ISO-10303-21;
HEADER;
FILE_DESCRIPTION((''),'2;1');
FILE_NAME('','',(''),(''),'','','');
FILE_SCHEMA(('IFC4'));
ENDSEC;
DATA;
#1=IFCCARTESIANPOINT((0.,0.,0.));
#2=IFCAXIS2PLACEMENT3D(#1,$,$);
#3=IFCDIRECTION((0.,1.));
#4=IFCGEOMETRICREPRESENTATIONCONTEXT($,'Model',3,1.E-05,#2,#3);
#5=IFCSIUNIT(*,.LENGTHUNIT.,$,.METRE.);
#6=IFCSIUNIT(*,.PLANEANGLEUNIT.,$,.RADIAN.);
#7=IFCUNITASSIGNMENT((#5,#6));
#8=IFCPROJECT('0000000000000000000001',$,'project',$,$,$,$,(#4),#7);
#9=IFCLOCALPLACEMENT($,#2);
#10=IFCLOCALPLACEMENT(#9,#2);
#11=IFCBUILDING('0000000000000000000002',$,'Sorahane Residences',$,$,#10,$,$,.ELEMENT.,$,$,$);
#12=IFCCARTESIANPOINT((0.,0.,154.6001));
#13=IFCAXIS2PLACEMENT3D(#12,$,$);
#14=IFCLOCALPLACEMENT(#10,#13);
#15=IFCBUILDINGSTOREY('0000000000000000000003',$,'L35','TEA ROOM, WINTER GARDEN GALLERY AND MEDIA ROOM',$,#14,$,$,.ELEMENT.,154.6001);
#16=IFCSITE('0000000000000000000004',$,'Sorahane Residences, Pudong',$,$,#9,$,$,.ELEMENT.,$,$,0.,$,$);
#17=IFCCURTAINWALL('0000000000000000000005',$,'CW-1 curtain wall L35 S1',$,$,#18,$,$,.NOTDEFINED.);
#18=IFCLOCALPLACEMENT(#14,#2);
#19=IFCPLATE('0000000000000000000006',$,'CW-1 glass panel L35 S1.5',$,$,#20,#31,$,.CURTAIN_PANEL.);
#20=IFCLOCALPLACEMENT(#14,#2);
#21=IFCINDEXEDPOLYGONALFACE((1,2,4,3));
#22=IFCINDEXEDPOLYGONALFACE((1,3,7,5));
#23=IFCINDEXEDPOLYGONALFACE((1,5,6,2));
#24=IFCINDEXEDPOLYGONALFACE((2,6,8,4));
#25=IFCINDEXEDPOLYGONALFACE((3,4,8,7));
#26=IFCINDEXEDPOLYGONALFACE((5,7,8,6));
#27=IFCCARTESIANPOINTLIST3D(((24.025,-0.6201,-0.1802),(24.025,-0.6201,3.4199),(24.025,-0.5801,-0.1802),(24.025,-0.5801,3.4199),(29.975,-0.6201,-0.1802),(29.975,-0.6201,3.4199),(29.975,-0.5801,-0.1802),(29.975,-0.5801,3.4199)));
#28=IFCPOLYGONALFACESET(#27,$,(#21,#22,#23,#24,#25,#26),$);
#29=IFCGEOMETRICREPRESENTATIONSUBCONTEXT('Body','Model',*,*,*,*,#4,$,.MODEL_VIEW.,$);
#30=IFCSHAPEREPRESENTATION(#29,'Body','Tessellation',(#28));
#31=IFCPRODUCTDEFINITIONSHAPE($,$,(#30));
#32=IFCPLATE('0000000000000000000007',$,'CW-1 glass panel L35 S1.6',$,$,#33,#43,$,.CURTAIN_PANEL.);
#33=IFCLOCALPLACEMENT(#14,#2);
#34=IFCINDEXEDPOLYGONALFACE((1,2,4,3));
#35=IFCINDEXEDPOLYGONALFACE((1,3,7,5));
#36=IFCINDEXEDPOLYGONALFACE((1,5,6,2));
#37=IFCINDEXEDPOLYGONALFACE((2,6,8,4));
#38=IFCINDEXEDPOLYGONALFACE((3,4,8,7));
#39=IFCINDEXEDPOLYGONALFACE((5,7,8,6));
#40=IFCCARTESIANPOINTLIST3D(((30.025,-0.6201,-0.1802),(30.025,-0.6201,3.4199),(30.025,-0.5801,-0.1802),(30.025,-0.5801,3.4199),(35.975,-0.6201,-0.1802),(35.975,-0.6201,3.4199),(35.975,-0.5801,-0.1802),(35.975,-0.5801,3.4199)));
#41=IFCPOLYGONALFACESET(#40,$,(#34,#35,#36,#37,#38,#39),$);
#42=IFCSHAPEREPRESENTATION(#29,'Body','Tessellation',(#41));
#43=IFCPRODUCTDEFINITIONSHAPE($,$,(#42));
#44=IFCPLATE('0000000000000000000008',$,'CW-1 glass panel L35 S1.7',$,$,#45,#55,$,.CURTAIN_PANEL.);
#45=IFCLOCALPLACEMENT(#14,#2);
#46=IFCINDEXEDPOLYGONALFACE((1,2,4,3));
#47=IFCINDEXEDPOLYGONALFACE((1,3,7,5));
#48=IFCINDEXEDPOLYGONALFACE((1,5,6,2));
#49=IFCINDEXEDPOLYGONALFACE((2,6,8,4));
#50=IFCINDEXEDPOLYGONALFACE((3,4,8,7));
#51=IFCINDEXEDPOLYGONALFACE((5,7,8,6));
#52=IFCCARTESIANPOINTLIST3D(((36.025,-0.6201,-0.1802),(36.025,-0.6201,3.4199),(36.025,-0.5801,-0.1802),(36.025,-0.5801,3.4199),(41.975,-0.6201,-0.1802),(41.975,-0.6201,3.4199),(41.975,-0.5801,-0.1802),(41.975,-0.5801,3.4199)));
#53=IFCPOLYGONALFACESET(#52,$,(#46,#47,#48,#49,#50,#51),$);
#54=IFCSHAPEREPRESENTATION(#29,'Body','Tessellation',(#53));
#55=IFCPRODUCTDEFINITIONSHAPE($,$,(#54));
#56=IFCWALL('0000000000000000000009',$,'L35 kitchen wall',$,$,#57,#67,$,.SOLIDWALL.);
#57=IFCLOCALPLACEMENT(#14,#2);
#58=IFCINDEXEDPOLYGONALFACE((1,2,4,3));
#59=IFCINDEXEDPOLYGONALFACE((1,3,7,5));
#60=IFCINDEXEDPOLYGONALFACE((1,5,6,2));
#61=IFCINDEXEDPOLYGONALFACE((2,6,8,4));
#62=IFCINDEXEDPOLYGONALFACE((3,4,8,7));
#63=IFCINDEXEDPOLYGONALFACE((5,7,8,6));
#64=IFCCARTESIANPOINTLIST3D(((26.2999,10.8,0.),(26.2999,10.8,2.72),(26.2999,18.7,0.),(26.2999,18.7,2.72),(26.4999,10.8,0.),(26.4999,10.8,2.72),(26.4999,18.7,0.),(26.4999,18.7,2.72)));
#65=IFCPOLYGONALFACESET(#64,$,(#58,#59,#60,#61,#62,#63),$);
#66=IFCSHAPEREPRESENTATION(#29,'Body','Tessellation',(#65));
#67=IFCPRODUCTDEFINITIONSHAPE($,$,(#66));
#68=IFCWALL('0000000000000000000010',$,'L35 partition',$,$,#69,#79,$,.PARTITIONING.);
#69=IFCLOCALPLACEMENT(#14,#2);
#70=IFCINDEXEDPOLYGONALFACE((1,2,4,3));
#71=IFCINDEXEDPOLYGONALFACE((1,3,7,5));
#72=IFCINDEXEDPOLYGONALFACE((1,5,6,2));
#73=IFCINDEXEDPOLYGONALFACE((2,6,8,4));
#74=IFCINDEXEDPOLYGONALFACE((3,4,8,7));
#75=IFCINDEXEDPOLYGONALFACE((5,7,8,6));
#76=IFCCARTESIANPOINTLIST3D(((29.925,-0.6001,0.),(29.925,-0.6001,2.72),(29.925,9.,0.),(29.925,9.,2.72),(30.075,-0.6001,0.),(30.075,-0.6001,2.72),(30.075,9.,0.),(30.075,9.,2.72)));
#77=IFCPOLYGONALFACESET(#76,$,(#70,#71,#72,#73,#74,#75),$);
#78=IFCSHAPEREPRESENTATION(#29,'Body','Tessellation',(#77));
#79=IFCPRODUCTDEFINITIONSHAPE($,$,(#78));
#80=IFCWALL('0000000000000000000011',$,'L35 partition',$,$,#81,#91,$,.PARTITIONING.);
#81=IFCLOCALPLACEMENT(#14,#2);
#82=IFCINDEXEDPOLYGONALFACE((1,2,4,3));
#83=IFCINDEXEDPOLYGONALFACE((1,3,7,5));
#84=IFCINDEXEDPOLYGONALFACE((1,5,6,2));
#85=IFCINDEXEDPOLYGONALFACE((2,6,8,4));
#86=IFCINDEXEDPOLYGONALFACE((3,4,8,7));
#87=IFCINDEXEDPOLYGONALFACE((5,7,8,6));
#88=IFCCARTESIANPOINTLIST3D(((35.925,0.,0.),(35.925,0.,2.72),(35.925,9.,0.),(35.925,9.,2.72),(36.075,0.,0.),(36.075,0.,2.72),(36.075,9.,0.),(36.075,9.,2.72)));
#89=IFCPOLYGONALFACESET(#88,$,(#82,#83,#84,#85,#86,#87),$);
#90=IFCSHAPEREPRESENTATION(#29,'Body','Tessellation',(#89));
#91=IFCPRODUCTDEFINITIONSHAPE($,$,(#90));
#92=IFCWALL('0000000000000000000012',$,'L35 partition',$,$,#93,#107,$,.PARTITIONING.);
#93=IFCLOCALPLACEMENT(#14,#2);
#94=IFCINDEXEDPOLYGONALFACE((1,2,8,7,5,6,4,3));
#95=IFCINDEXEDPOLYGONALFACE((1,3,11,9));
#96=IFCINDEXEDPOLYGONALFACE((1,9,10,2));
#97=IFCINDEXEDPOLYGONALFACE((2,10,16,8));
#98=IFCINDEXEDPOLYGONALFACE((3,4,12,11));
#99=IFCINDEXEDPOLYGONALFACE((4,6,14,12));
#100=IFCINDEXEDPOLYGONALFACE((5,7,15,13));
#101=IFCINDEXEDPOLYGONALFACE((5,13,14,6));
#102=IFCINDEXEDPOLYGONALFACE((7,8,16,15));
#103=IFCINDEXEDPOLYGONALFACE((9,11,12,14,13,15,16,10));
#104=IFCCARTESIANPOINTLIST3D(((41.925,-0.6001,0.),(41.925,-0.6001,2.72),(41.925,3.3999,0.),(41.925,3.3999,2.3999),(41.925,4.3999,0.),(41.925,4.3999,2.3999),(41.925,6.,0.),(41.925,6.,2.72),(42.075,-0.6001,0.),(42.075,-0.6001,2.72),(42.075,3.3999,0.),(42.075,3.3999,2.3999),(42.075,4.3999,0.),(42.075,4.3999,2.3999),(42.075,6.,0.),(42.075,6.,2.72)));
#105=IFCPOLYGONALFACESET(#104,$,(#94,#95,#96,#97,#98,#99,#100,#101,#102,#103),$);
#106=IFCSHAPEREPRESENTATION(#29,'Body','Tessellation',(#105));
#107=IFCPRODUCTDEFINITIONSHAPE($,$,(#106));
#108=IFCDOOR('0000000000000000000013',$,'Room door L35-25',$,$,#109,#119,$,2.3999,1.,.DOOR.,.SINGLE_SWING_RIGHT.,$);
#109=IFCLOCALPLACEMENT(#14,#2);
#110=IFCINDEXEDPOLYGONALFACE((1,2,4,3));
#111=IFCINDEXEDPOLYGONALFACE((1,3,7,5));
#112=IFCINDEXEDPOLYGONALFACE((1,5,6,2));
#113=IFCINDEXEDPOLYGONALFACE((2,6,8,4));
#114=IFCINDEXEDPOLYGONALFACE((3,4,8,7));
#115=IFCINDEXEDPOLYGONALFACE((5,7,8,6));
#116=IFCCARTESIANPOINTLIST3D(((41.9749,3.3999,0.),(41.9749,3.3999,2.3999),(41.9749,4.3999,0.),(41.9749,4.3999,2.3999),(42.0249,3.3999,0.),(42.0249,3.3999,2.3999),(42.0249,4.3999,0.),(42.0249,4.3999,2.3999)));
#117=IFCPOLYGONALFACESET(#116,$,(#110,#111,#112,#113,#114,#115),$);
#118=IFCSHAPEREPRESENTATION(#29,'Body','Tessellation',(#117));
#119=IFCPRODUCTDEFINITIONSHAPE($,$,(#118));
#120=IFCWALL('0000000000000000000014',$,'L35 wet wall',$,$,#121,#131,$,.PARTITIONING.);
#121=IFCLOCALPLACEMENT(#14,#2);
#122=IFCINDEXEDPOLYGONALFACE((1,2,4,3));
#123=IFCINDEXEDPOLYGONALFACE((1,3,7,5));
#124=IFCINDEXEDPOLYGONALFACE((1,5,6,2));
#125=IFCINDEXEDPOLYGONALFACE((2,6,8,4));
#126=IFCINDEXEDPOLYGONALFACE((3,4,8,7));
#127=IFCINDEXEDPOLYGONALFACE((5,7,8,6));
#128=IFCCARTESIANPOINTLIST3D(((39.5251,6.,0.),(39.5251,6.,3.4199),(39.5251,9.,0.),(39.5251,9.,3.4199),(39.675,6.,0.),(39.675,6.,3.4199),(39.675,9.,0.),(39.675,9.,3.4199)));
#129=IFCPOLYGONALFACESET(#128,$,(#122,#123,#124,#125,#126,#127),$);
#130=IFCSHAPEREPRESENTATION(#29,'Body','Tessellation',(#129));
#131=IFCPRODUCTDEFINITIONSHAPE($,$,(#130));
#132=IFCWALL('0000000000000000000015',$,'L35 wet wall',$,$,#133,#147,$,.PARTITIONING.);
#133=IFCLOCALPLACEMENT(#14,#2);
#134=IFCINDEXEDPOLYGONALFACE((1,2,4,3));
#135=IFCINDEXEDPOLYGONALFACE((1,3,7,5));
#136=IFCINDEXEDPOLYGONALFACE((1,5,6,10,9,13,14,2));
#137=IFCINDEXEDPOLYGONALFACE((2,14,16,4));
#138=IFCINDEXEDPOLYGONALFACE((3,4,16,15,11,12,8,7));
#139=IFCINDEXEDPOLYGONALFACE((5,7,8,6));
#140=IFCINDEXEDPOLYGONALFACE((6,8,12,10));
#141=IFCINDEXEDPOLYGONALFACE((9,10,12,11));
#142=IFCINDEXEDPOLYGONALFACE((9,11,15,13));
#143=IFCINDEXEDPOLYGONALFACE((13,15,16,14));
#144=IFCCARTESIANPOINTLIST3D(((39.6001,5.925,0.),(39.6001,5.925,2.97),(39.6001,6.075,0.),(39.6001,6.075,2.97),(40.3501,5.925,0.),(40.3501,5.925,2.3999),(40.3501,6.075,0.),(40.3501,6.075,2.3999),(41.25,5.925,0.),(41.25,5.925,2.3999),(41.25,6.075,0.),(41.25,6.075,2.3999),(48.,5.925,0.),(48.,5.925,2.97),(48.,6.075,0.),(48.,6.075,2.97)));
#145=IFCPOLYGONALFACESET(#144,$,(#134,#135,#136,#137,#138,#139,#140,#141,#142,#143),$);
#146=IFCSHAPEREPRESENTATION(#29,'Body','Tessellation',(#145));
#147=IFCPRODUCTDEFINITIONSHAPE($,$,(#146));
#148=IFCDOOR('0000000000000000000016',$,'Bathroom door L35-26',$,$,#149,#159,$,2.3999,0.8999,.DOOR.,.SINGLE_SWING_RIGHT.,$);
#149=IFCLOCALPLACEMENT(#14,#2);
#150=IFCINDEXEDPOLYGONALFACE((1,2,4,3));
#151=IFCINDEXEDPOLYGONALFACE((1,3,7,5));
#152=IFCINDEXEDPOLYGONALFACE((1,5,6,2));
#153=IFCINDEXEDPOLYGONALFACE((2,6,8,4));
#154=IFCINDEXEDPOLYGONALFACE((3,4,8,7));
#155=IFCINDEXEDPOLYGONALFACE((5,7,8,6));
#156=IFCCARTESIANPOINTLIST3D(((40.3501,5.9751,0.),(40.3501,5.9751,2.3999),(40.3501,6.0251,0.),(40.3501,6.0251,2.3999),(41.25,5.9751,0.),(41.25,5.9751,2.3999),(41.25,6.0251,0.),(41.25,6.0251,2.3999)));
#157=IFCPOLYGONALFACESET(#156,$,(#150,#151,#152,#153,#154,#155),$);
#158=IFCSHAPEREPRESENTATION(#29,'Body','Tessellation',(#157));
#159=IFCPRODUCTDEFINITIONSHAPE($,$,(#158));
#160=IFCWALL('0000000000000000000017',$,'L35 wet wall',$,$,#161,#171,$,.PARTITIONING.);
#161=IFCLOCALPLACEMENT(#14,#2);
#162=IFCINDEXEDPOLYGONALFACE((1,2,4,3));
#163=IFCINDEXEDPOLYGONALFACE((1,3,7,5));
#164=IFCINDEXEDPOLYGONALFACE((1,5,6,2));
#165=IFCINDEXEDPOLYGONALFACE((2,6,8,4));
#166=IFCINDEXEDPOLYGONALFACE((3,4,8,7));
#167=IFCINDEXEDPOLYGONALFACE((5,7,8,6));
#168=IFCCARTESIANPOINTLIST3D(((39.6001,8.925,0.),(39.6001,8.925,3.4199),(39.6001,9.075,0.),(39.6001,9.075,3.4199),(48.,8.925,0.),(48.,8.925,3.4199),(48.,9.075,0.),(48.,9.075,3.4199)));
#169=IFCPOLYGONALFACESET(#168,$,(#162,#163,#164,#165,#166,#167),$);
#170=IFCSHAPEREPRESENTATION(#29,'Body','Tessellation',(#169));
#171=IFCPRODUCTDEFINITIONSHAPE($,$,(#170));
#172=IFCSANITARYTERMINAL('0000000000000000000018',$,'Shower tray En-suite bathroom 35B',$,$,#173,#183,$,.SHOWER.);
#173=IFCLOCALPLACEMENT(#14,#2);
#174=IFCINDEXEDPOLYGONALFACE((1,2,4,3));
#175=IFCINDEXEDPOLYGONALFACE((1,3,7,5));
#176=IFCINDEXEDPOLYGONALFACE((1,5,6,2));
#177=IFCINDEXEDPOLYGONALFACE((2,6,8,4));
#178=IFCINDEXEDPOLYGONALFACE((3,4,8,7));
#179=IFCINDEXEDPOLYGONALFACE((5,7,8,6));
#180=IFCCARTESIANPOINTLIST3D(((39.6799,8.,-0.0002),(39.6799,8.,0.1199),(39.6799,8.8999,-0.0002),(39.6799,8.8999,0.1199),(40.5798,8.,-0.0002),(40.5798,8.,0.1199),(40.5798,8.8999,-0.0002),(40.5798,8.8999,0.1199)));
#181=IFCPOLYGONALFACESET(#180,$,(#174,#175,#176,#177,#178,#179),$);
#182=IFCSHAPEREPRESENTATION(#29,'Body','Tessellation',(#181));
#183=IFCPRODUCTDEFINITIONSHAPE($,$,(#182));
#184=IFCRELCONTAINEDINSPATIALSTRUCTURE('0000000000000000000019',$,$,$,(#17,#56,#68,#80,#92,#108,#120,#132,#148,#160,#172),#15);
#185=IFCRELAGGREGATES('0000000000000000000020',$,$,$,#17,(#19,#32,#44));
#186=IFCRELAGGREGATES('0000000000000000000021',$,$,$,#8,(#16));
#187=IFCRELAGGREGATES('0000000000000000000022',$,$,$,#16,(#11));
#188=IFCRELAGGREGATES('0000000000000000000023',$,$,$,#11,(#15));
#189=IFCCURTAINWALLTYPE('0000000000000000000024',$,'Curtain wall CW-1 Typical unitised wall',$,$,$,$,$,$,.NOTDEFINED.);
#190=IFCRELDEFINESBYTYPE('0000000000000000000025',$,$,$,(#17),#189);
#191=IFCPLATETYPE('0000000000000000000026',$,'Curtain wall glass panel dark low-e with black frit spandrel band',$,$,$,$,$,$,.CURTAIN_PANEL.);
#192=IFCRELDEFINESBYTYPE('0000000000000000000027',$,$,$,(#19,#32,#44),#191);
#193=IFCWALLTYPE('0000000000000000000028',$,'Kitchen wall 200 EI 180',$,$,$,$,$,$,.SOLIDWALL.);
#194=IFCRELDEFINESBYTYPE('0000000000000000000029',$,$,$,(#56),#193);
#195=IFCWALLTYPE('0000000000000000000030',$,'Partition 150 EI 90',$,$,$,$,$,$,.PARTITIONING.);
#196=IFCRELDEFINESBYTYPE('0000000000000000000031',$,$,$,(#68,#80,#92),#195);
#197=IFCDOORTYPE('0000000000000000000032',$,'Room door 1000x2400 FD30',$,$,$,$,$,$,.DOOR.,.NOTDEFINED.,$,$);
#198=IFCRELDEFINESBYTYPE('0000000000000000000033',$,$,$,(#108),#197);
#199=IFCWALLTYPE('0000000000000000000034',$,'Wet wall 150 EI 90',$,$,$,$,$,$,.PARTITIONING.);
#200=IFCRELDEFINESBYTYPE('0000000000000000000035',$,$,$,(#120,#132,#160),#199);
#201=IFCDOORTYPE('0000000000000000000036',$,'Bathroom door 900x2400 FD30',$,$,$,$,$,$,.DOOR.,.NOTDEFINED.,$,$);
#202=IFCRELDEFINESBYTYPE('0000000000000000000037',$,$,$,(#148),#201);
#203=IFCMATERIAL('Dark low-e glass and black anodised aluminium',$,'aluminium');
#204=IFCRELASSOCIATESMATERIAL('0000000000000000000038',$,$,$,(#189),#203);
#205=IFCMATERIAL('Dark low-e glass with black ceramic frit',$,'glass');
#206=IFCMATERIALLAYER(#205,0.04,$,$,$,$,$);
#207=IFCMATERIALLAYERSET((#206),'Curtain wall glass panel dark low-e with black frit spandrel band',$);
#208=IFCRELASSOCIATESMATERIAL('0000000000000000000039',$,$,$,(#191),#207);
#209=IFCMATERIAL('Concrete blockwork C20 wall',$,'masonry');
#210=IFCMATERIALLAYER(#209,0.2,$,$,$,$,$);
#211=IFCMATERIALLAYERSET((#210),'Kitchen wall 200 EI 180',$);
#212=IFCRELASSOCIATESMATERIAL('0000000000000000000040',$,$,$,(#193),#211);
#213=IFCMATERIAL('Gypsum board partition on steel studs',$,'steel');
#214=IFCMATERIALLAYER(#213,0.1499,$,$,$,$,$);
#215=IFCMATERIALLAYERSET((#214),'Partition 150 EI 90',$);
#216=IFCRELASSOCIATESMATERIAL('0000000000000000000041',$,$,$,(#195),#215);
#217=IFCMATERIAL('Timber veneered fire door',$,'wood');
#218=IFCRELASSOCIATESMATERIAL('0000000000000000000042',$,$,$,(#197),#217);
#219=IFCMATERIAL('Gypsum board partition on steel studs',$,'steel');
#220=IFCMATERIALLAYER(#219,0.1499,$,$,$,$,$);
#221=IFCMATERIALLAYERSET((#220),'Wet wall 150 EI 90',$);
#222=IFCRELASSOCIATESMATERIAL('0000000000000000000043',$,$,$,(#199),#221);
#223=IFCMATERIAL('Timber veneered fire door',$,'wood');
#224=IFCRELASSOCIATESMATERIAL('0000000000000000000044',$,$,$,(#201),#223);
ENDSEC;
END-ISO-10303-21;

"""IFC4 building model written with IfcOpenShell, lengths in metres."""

from ifc_helpers import new_model, si_unit, direction, frame, frame_2d, origin, origin_2d, place, context, subcontext, project, spatial, rectangle, extrude, material, layer, layer_set, type_object, element, fill, aggregate, save


model = new_model("IFC4")

# Units and contexts
model_context = context("Model", 3, precision=1e-05, world=origin(), true_north=direction((0.0, 1.0)))
body_context = subcontext(model_context, "Body", "Model", "MODEL_VIEW")
ifc_project = project(units=[si_unit("LENGTHUNIT", "METRE"), si_unit("PLANEANGLEUNIT", "RADIAN")], contexts=[model_context])

# Site, building, storey
site_placement = place(None, origin())
site = spatial("IfcSite", under=ifc_project, at=site_placement, Name="Sorahane Residences, Pudong", CompositionType="ELEMENT", RefElevation=0.0)
building_placement = place(site_placement, origin())
building = spatial("IfcBuilding", under=site, at=building_placement, Name="Sorahane Residences", CompositionType="ELEMENT")
storey_placement = place(building_placement, frame((0.0, 0.0, 154.6001)))
storey = spatial("IfcBuildingStorey", under=building, at=storey_placement, Name="L35", Description="TEA ROOM, WINTER GARDEN GALLERY AND MEDIA ROOM", CompositionType="ELEMENT", Elevation=154.6001)

# Curtain wall
ifc_material_1 = material(Name="Dark low-e glass and black anodised aluminium", Category="aluminium")
curtain_wall_type = type_object("IfcCurtainWallType", Name="Curtain wall CW-1 Typical unitised wall", PredefinedType="NOTDEFINED", material=ifc_material_1)
curtain_wall_placement = place(storey_placement, origin())
curtain_wall = element("IfcCurtainWall", 1, at=curtain_wall_placement, inside=storey, type_object=curtain_wall_type, Name="CW-1 curtain wall L35 S1", PredefinedType="NOTDEFINED")

# Plates
ifc_material_2 = material(Name="Dark low-e glass with black ceramic frit", Category="glass")
ifc_layer_1 = layer(ifc_material_2, 0.04)
ifc_layer_set_1 = layer_set([ifc_layer_1], Name="Curtain wall glass panel dark low-e with black frit spandrel band")
plate_type = type_object("IfcPlateType", Name="Curtain wall glass panel dark low-e with black frit spandrel band", PredefinedType="CURTAIN_PANEL", material=ifc_layer_set_1)
plate_1_placement = place(storey_placement, frame((27.0, -0.6001, -0.1802), z_axis=(0.0, 0.0, 1.0), x_axis=(1.0, 0.0, 0.0)))
plate_1 = element("IfcPlate", 2, at=plate_1_placement, type_object=plate_type, Name="CW-1 glass panel L35 S1.5", PredefinedType="CURTAIN_PANEL", context=body_context, shape_type="SweptSolid", body=[
    extrude(rectangle(XDim=5.95, YDim=0.04, at=origin_2d()), origin(), (0.0, 0.0, 1.0), 3.6001),
])
plate_2_placement = place(storey_placement, frame((33.0, -0.6001, -0.1802), z_axis=(0.0, 0.0, 1.0), x_axis=(1.0, 0.0, 0.0)))
plate_2 = element("IfcPlate", 3, at=plate_2_placement, type_object=plate_type, Name="CW-1 glass panel L35 S1.6", PredefinedType="CURTAIN_PANEL", context=body_context, shape_type="SweptSolid", body=[
    extrude(rectangle(XDim=5.95, YDim=0.04, at=origin_2d()), origin(), (0.0, 0.0, 1.0), 3.6001),
])
plate_3_placement = place(storey_placement, frame((39.0, -0.6001, -0.1802), z_axis=(0.0, 0.0, 1.0), x_axis=(1.0, 0.0, 0.0)))
plate_3 = element("IfcPlate", 4, at=plate_3_placement, type_object=plate_type, Name="CW-1 glass panel L35 S1.7", PredefinedType="CURTAIN_PANEL", context=body_context, shape_type="SweptSolid", body=[
    extrude(rectangle(XDim=5.95, YDim=0.04, at=origin_2d()), origin(), (0.0, 0.0, 1.0), 3.6001),
])
aggregate(curtain_wall, [plate_1, plate_2, plate_3])

# Wall
ifc_material_3 = material(Name="Concrete blockwork C20 wall", Category="masonry")
ifc_layer_2 = layer(ifc_material_3, 0.2)
ifc_layer_set_2 = layer_set([ifc_layer_2], Name="Kitchen wall 200 EI 180")
wall_type_1 = type_object("IfcWallType", Name="Kitchen wall 200 EI 180", PredefinedType="SOLIDWALL", material=ifc_layer_set_2)
wall_1_placement = place(storey_placement, frame((26.3999, 10.8, 0.0), z_axis=(0.0, 0.0, 1.0), x_axis=(0.0, 1.0, 0.0)))
element("IfcWall", 5, at=wall_1_placement, inside=storey, type_object=wall_type_1, Name="L35 kitchen wall", PredefinedType="SOLIDWALL", context=body_context, shape_type="SweptSolid", body=[
    extrude(rectangle(XDim=7.8999, YDim=0.2, at=frame_2d((3.95, 0.0))), origin(), (0.0, 0.0, 1.0), 2.72),
])

# Walls
ifc_material_4 = material(Name="Gypsum board partition on steel studs", Category="steel")
ifc_layer_3 = layer(ifc_material_4, 0.1499)
ifc_layer_set_3 = layer_set([ifc_layer_3], Name="Partition 150 EI 90")
wall_type_2 = type_object("IfcWallType", Name="Partition 150 EI 90", PredefinedType="PARTITIONING", material=ifc_layer_set_3)
wall_2_placement = place(storey_placement, frame((30.0, -0.6001, 0.0), z_axis=(0.0, 0.0, 1.0), x_axis=(0.0, 1.0, 0.0)))
element("IfcWall", 6, at=wall_2_placement, inside=storey, type_object=wall_type_2, Name="L35 partition", PredefinedType="PARTITIONING", context=body_context, shape_type="SweptSolid", body=[
    extrude(rectangle(XDim=9.6001, YDim=0.1499, at=frame_2d((4.8, 0.0))), origin(), (0.0, 0.0, 1.0), 2.72),
])
wall_3_placement = place(storey_placement, frame((36.0, 0.0, 0.0), z_axis=(0.0, 0.0, 1.0), x_axis=(0.0, 1.0, 0.0)))
element("IfcWall", 7, at=wall_3_placement, inside=storey, type_object=wall_type_2, Name="L35 partition", PredefinedType="PARTITIONING", context=body_context, shape_type="SweptSolid", body=[
    extrude(rectangle(XDim=9.0, YDim=0.1499, at=frame_2d((4.5, 0.0))), origin(), (0.0, 0.0, 1.0), 2.72),
])

# Wall, opening, door
wall_4_placement = place(storey_placement, frame((42.0, -0.6001, 0.0), z_axis=(0.0, 0.0, 1.0), x_axis=(0.0, 1.0, 0.0)))
wall_4 = element("IfcWall", 8, at=wall_4_placement, inside=storey, type_object=wall_type_2, Name="L35 partition", PredefinedType="PARTITIONING", context=body_context, shape_type="SweptSolid", body=[
    extrude(rectangle(XDim=6.6001, YDim=0.1499, at=frame_2d((3.3, 0.0))), origin(), (0.0, 0.0, 1.0), 2.72),
])
opening_1_placement = place(wall_4_placement, frame((4.0, 0.0, 0.0)))
opening_1 = element("IfcOpeningElement", 9, at=opening_1_placement, cuts=wall_4, PredefinedType="OPENING", context=body_context, shape_type="SweptSolid", body=[
    extrude(rectangle(XDim=1.0, YDim=2.3999, at=frame_2d((0.5, 1.2))), frame((0.0, 0.085, 0.0), z_axis=(0.0, -1.0, 0.0), x_axis=(1.0, 0.0, 0.0)), (0.0, 0.0, 1.0), 0.1699),
])
ifc_material_5 = material(Name="Timber veneered fire door", Category="wood")
door_type_1 = type_object("IfcDoorType", Name="Room door 1000x2400 FD30", OperationType="NOTDEFINED", PredefinedType="DOOR", material=ifc_material_5)
door_1_placement = place(opening_1_placement, frame((1.0, 0.0, 0.0), z_axis=(0.0, 0.0, 1.0), x_axis=(-1.0, 0.0, 0.0)))
door_1 = element("IfcDoor", 10, at=door_1_placement, inside=storey, type_object=door_type_1, Name="Room door L35-25", OperationType="SINGLE_SWING_RIGHT", OverallHeight=2.3999, OverallWidth=1.0, PredefinedType="DOOR", context=body_context, shape_type="SweptSolid", body=[
    extrude(rectangle(XDim=1.0, YDim=2.3999, at=frame_2d((0.5, 1.2))), frame((0.0, 0.0249, 0.0), z_axis=(0.0, -1.0, 0.0), x_axis=(1.0, 0.0, 0.0)), (0.0, 0.0, 1.0), 0.05),
])
fill(opening_1, door_1)

# Wall
ifc_material_6 = material(Name="Gypsum board partition on steel studs", Category="steel")
ifc_layer_4 = layer(ifc_material_6, 0.1499)
ifc_layer_set_4 = layer_set([ifc_layer_4], Name="Wet wall 150 EI 90")
wall_type_3 = type_object("IfcWallType", Name="Wet wall 150 EI 90", PredefinedType="PARTITIONING", material=ifc_layer_set_4)
wall_5_placement = place(storey_placement, frame((39.6001, 6.0, 0.0), z_axis=(0.0, 0.0, 1.0), x_axis=(0.0, 1.0, 0.0)))
element("IfcWall", 11, at=wall_5_placement, inside=storey, type_object=wall_type_3, Name="L35 wet wall", PredefinedType="PARTITIONING", context=body_context, shape_type="SweptSolid", body=[
    extrude(rectangle(XDim=3.0, YDim=0.1499, at=frame_2d((1.5, 0.0))), origin(), (0.0, 0.0, 1.0), 3.4199),
])

# Wall, opening, door
wall_6_placement = place(storey_placement, frame((39.6001, 6.0, 0.0), z_axis=(0.0, 0.0, 1.0), x_axis=(1.0, 0.0, 0.0)))
wall_6 = element("IfcWall", 12, at=wall_6_placement, inside=storey, type_object=wall_type_3, Name="L35 wet wall", PredefinedType="PARTITIONING", context=body_context, shape_type="SweptSolid", body=[
    extrude(rectangle(XDim=8.3999, YDim=0.1499, at=frame_2d((4.2, 0.0))), origin(), (0.0, 0.0, 1.0), 2.97),
])
opening_2_placement = place(wall_6_placement, frame((0.75, 0.0, 0.0)))
opening_2 = element("IfcOpeningElement", 13, at=opening_2_placement, cuts=wall_6, PredefinedType="OPENING", context=body_context, shape_type="SweptSolid", body=[
    extrude(rectangle(XDim=0.8999, YDim=2.3999, at=frame_2d((0.45, 1.2))), frame((0.0, 0.085, 0.0), z_axis=(0.0, -1.0, 0.0), x_axis=(1.0, 0.0, 0.0)), (0.0, 0.0, 1.0), 0.1699),
])
ifc_material_7 = material(Name="Timber veneered fire door", Category="wood")
door_type_2 = type_object("IfcDoorType", Name="Bathroom door 900x2400 FD30", OperationType="NOTDEFINED", PredefinedType="DOOR", material=ifc_material_7)
door_2_placement = place(opening_2_placement, frame((0.8999, 0.0, 0.0), z_axis=(0.0, 0.0, 1.0), x_axis=(-1.0, 0.0, 0.0)))
door_2 = element("IfcDoor", 14, at=door_2_placement, inside=storey, type_object=door_type_2, Name="Bathroom door L35-26", OperationType="SINGLE_SWING_RIGHT", OverallHeight=2.3999, OverallWidth=0.8999, PredefinedType="DOOR", context=body_context, shape_type="SweptSolid", body=[
    extrude(rectangle(XDim=0.8999, YDim=2.3999, at=frame_2d((0.45, 1.2))), frame((0.0, 0.0249, 0.0), z_axis=(0.0, -1.0, 0.0), x_axis=(1.0, 0.0, 0.0)), (0.0, 0.0, 1.0), 0.05),
])
fill(opening_2, door_2)

# Wall
wall_7_placement = place(storey_placement, frame((39.6001, 9.0, 0.0), z_axis=(0.0, 0.0, 1.0), x_axis=(1.0, 0.0, 0.0)))
element("IfcWall", 15, at=wall_7_placement, inside=storey, type_object=wall_type_3, Name="L35 wet wall", PredefinedType="PARTITIONING", context=body_context, shape_type="SweptSolid", body=[
    extrude(rectangle(XDim=8.3999, YDim=0.1499, at=frame_2d((4.2, 0.0))), origin(), (0.0, 0.0, 1.0), 3.4199),
])

# Sanitary terminal
sanitary_terminal_1_placement = place(storey_placement, frame((40.1299, 8.45, -0.0002), z_axis=(0.0, 0.0, 1.0), x_axis=(1.0, 0.0, 0.0)))
element("IfcSanitaryTerminal", 16, at=sanitary_terminal_1_placement, inside=storey, Name="Shower tray En-suite bathroom 35B", PredefinedType="SHOWER", context=body_context, shape_type="SweptSolid", body=[
    extrude(rectangle(XDim=0.8999, YDim=0.8999, at=origin_2d()), origin(), (0.0, 0.0, 1.0), 0.1201),
])

save(model, "model.ifc")
